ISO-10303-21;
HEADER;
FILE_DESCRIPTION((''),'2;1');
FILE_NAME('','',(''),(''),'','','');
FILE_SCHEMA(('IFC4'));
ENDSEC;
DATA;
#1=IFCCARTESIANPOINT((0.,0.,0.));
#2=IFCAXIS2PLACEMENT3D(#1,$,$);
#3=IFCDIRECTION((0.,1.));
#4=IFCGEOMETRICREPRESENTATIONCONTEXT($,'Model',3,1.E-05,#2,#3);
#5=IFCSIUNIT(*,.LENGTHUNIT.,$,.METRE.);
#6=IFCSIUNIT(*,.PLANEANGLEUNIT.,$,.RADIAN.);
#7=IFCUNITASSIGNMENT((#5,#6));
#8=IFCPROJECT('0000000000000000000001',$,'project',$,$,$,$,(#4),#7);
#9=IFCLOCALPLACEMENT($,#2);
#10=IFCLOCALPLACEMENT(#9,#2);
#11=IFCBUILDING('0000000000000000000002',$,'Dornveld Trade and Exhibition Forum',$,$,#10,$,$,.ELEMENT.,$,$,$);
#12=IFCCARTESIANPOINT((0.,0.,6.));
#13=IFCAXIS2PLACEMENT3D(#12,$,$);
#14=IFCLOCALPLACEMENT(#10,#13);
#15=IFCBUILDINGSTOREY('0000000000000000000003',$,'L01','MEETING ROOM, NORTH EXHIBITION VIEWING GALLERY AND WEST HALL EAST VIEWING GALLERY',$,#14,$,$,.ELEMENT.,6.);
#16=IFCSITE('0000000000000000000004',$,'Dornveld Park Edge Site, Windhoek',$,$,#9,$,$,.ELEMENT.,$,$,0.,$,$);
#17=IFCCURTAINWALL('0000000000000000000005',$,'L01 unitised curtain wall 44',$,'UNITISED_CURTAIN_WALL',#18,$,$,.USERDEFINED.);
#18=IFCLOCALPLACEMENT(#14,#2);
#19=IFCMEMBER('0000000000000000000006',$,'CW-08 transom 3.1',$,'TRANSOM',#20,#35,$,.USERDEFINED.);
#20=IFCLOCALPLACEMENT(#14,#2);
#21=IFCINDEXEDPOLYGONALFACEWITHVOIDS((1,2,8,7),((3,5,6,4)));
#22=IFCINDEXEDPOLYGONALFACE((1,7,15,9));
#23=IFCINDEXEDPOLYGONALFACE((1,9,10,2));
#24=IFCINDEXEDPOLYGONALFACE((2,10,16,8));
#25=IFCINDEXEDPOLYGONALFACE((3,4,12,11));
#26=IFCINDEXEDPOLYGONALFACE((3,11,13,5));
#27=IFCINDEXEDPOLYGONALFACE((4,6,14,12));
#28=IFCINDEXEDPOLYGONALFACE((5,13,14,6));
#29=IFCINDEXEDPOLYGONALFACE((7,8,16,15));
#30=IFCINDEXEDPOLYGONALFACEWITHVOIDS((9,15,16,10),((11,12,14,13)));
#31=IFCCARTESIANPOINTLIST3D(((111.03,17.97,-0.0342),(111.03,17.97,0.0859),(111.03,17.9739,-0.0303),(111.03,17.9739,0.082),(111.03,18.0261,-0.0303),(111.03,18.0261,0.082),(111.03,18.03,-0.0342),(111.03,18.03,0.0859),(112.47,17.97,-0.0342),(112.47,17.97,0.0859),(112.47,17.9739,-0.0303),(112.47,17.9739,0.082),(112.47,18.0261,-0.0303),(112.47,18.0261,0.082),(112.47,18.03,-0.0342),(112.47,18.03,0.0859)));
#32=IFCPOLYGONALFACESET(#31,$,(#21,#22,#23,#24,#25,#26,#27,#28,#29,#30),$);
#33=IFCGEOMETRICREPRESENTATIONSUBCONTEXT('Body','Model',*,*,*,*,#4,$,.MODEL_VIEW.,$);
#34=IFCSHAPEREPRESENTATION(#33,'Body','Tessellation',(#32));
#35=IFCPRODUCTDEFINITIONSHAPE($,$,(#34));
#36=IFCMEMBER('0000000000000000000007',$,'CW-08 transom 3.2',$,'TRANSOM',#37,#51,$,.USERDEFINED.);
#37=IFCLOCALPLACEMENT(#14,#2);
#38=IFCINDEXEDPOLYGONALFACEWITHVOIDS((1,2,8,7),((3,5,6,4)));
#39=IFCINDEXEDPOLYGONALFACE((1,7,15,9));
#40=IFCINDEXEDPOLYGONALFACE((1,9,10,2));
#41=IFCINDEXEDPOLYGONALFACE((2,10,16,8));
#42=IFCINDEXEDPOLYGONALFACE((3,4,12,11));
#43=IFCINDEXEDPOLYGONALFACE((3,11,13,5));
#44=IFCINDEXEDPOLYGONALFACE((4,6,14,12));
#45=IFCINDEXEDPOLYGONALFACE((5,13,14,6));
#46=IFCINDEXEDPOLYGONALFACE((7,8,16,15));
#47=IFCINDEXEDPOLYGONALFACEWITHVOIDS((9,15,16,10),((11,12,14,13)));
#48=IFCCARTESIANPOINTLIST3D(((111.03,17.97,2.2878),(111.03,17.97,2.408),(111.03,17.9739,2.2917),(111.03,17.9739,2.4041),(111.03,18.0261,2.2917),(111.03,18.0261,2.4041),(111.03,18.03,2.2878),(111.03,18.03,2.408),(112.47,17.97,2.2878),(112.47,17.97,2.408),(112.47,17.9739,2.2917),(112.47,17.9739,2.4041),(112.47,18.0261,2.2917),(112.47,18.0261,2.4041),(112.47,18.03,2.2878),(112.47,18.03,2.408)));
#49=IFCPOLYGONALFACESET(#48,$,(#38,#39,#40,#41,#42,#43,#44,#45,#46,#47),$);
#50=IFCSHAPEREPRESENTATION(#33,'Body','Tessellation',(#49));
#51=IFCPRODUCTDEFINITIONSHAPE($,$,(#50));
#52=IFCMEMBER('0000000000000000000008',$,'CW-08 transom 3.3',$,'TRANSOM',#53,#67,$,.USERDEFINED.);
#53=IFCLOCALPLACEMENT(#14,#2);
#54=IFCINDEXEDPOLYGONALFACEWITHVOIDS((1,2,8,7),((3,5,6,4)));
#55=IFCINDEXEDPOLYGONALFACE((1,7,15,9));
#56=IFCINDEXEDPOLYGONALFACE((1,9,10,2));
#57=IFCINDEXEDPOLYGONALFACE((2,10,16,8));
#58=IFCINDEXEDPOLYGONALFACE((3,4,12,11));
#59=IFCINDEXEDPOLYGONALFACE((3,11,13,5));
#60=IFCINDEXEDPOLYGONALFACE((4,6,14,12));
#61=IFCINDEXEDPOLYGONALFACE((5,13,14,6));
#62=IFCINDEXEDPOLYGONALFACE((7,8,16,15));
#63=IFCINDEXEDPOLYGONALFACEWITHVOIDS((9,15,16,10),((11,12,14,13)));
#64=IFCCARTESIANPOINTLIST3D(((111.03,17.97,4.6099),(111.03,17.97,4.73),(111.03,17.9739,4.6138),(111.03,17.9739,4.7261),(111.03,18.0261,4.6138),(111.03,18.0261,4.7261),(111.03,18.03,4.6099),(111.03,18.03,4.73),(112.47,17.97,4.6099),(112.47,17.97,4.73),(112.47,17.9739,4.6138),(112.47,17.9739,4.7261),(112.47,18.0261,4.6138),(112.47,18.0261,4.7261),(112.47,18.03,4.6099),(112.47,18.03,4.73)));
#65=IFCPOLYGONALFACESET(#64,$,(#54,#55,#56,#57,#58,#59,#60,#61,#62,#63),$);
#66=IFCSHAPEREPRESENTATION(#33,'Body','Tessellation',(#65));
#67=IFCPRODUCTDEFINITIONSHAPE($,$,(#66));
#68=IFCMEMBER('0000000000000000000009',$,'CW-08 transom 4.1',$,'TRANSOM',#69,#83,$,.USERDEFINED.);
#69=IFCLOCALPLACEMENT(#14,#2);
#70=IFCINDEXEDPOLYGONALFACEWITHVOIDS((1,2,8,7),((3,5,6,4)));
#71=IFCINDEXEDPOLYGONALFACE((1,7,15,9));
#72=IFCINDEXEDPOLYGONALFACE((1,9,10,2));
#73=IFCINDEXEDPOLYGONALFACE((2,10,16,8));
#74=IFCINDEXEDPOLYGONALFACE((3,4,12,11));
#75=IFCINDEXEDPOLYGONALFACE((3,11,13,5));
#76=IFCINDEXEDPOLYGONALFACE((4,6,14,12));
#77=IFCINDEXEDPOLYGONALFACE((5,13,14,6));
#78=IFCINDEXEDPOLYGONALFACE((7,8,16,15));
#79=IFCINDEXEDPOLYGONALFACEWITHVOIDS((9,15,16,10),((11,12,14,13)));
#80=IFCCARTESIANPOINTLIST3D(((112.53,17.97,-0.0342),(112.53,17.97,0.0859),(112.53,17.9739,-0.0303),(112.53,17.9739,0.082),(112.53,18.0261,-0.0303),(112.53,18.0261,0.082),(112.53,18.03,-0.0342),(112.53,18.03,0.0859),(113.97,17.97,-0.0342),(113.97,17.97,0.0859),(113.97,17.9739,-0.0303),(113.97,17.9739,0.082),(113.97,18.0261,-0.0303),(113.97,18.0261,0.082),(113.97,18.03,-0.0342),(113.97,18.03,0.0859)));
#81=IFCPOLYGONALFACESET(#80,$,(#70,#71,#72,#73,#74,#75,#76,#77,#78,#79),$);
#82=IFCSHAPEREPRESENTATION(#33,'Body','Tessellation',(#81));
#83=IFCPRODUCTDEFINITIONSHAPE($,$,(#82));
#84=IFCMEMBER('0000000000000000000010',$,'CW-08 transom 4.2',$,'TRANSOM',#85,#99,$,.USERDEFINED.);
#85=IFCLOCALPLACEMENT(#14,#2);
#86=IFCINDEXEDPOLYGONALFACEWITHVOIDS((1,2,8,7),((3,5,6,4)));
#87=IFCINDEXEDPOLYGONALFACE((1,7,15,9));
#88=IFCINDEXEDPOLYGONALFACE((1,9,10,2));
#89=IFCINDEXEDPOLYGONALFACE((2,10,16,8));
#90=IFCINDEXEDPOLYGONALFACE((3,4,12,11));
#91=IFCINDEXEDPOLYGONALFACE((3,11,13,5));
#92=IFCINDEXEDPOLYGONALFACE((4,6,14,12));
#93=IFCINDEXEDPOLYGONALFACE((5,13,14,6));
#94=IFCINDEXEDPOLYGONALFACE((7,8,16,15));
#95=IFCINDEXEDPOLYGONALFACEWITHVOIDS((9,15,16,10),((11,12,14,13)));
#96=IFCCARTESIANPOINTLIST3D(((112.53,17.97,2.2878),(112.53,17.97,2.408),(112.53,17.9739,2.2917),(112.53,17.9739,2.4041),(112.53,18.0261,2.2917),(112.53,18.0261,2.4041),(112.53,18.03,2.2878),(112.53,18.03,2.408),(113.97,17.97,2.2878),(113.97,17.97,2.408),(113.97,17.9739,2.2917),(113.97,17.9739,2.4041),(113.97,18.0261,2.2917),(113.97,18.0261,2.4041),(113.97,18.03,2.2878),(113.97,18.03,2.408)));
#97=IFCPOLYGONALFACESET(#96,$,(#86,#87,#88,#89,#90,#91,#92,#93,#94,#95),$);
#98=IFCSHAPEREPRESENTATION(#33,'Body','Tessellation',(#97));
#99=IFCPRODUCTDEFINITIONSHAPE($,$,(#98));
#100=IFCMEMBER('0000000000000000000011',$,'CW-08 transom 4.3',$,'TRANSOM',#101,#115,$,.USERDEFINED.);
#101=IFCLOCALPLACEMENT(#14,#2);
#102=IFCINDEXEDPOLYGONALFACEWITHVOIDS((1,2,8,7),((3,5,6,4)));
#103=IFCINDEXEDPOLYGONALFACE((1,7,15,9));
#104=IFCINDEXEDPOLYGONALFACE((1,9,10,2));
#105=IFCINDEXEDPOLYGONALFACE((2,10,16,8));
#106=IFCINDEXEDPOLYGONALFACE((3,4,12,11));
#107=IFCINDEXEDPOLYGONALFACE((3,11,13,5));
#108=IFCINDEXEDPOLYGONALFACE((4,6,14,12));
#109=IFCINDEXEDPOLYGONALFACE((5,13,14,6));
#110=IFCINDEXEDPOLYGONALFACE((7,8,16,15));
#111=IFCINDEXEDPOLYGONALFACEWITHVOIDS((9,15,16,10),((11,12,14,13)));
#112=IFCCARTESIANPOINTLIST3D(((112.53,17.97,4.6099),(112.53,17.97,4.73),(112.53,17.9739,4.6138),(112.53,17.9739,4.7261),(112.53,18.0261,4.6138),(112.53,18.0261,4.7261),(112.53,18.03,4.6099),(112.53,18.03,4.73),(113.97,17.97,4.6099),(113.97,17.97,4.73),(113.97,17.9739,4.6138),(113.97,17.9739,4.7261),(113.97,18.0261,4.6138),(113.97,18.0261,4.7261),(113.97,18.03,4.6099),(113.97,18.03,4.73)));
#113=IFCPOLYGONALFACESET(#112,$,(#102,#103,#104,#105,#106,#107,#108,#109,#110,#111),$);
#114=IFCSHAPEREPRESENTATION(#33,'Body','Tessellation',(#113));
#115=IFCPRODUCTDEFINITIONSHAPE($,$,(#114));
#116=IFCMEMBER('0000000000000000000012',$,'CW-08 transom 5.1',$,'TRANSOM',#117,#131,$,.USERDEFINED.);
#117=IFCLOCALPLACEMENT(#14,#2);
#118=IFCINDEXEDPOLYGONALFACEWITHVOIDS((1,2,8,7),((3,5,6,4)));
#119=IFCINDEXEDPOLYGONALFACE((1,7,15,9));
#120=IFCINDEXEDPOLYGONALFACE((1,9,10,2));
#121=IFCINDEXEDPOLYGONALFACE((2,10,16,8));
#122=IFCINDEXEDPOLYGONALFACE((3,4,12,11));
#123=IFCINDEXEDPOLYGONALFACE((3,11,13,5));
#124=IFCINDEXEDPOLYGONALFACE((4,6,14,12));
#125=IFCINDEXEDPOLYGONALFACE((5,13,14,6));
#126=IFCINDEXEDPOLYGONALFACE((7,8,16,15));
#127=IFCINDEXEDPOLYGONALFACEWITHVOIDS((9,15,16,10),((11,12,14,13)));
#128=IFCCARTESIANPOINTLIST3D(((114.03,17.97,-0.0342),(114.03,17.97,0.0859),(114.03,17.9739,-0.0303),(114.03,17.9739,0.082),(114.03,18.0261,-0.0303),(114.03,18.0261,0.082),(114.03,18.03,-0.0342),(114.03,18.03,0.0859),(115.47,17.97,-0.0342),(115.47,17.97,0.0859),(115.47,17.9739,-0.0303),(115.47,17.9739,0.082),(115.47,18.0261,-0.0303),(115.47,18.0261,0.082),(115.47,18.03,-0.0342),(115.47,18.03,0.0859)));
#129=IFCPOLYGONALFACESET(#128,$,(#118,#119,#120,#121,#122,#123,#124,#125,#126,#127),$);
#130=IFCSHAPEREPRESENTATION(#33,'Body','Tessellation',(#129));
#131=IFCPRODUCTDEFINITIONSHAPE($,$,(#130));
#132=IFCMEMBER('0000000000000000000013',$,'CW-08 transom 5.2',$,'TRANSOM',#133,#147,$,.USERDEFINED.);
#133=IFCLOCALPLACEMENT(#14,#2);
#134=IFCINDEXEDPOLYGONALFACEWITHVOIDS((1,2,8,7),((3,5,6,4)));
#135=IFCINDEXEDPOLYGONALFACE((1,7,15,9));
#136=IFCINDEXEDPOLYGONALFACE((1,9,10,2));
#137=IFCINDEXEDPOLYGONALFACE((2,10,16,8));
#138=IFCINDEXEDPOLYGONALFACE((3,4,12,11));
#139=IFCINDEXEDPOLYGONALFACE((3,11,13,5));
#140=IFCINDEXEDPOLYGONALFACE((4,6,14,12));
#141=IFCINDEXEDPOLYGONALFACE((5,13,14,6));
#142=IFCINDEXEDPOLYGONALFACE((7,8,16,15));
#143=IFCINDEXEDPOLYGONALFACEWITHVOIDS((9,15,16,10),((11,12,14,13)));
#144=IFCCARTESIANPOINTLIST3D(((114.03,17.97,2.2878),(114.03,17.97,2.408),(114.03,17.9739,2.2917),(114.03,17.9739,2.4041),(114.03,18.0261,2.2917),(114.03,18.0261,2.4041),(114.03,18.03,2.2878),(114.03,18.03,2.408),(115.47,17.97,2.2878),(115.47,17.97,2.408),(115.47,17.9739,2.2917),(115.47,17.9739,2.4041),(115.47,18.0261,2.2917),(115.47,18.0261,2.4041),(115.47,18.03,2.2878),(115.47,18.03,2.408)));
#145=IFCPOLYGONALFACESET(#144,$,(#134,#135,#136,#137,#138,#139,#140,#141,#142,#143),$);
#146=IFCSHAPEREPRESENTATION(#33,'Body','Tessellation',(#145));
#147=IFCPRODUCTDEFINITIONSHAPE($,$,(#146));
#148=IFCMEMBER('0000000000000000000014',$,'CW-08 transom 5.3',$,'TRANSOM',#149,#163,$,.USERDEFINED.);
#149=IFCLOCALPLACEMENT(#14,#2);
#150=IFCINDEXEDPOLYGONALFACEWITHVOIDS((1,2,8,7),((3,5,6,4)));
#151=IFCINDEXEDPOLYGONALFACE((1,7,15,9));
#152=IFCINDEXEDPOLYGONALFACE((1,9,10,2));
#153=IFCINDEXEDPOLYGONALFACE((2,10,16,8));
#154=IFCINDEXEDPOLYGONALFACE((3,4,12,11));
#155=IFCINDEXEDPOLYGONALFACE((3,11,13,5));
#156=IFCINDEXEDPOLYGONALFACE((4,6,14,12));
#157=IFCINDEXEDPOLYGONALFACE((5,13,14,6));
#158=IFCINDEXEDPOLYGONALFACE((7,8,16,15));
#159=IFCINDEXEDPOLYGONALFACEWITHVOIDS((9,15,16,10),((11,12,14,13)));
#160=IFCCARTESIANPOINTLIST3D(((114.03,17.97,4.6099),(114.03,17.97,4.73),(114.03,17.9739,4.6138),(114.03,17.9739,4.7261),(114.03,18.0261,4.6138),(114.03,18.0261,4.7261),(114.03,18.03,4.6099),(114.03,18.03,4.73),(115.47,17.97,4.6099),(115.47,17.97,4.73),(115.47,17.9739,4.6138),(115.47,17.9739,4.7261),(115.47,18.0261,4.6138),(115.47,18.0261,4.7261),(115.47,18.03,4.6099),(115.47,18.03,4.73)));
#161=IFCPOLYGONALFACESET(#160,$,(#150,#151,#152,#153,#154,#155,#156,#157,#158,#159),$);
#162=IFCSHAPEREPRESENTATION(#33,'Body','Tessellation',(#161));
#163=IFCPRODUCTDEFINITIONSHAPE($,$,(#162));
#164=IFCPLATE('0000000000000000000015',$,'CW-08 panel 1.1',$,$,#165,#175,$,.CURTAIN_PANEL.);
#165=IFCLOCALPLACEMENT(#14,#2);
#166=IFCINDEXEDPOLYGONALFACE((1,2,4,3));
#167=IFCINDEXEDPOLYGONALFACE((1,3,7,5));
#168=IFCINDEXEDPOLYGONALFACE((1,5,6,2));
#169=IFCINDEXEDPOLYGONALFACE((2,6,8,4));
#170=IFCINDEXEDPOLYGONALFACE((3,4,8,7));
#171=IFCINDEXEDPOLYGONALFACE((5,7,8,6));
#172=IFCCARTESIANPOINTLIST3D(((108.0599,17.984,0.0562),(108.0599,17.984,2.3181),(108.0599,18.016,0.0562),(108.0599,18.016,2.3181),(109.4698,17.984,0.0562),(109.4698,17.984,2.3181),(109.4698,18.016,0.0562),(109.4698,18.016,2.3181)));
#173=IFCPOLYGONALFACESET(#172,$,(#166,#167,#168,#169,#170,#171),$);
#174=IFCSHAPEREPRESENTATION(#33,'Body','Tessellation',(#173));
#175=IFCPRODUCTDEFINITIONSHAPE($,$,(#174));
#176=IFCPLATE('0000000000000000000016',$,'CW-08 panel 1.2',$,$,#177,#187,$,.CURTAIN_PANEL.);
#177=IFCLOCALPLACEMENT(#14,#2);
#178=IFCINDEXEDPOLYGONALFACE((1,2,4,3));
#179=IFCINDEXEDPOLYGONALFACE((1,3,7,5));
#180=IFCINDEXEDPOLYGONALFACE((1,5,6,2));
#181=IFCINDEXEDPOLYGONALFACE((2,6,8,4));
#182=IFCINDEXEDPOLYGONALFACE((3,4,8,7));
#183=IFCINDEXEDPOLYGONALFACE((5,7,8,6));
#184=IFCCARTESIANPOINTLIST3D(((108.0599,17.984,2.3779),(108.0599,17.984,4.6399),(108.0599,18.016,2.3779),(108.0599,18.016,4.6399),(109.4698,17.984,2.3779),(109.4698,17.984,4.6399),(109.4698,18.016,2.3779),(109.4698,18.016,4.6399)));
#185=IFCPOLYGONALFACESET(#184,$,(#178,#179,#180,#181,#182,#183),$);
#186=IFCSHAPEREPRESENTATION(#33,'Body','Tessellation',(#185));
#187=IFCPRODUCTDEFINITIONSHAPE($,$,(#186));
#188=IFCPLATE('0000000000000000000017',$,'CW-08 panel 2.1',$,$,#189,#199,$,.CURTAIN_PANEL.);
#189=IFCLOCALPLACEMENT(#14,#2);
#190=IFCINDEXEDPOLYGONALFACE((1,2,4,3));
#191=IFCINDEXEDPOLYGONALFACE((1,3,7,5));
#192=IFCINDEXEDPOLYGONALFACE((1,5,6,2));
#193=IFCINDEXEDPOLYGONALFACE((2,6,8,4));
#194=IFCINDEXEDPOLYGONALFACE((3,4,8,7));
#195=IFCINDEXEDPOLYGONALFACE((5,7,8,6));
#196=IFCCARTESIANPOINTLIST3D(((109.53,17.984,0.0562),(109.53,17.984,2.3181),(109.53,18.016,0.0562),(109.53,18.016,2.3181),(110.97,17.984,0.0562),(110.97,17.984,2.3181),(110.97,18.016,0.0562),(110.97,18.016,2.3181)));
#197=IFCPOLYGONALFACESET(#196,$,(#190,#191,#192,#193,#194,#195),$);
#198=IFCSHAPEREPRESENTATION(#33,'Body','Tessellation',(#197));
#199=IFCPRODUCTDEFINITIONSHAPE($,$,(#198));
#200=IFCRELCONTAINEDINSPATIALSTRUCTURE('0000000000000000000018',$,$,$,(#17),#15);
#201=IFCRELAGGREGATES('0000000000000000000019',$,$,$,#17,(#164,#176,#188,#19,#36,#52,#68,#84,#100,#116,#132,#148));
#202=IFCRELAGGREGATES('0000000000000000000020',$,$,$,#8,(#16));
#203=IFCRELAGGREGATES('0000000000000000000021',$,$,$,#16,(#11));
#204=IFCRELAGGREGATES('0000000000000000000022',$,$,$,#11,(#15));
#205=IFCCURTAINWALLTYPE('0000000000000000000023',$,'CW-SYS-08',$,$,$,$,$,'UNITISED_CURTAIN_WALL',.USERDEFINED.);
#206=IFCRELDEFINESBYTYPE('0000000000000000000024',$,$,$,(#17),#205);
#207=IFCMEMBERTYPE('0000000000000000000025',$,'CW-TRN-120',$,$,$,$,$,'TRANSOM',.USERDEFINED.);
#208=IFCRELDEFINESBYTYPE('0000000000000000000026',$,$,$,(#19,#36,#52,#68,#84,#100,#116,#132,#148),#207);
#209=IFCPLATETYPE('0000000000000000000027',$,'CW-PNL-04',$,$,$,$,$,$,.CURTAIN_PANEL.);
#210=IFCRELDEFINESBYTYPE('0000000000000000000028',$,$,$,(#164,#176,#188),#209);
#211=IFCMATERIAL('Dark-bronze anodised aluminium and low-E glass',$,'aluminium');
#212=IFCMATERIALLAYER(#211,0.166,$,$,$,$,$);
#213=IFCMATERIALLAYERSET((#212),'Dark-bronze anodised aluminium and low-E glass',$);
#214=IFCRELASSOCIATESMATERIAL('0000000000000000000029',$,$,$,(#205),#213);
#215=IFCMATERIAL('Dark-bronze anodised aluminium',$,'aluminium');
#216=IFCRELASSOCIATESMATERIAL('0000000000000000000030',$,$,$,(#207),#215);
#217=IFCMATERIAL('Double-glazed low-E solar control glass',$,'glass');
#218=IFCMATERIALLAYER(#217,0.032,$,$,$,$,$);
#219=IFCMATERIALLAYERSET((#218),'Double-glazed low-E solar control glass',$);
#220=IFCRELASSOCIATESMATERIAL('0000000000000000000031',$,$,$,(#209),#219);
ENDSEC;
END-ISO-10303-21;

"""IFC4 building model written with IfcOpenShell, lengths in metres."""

from ifc_helpers import new_model, si_unit, direction, frame, origin, origin_2d, place, context, subcontext, project, spatial, rectangle, hollow_rectangle, extrude, material, layer, layer_set, material_profile, profile_set, type_object, element, aggregate, save


model = new_model("IFC4")

# Units and contexts
model_context = context("Model", 3, precision=1e-05, world=origin(), true_north=direction((0.0, 1.0)))
body_context = subcontext(model_context, "Body", "Model", "MODEL_VIEW")
ifc_project = project(units=[si_unit("LENGTHUNIT", "METRE"), si_unit("PLANEANGLEUNIT", "RADIAN")], contexts=[model_context])

# Site, building, storey
site_placement = place(None, origin())
site = spatial("IfcSite", under=ifc_project, at=site_placement, Name="Dornveld Park Edge Site, Windhoek", CompositionType="ELEMENT", RefElevation=0.0)
building_placement = place(site_placement, origin())
building = spatial("IfcBuilding", under=site, at=building_placement, Name="Dornveld Trade and Exhibition Forum", CompositionType="ELEMENT")
storey_placement = place(building_placement, frame((0.0, 0.0, 6.0)))
storey = spatial("IfcBuildingStorey", under=building, at=storey_placement, Name="L01", Description="MEETING ROOM, NORTH EXHIBITION VIEWING GALLERY AND WEST HALL EAST VIEWING GALLERY", CompositionType="ELEMENT", Elevation=6.0)

# Curtain wall, members, plates
ifc_material_1 = material(Name="Dark-bronze anodised aluminium and low-E glass", Category="aluminium")
ifc_layer_1 = layer(ifc_material_1, 0.166)
ifc_layer_set_1 = layer_set([ifc_layer_1], Name="Dark-bronze anodised aluminium and low-E glass")
curtain_wall_type = type_object("IfcCurtainWallType", Name="CW-SYS-08", ElementType="UNITISED_CURTAIN_WALL", PredefinedType="USERDEFINED", material=ifc_layer_set_1)
curtain_wall_placement = place(storey_placement, origin())
curtain_wall = element("IfcCurtainWall", 1, at=curtain_wall_placement, inside=storey, type_object=curtain_wall_type, Name="L01 unitised curtain wall 44", ObjectType="UNITISED_CURTAIN_WALL", PredefinedType="USERDEFINED")
ifc_material_2 = material(Name="Dark-bronze anodised aluminium", Category="aluminium")
ifc_material_profile_1 = material_profile(ifc_material_2, hollow_rectangle(XDim=0.0601, YDim=0.1201, WallThickness=0.0039, at=origin_2d()), Name="RHS 120x60x4")
ifc_profile_set_1 = profile_set([ifc_material_profile_1], Name="Dark-bronze anodised aluminium")
member_type_1 = type_object("IfcMemberType", Name="CW-TRN-120", ElementType="TRANSOM", PredefinedType="USERDEFINED", material=ifc_profile_set_1)
member_1_placement = place(storey_placement, frame((111.03, 18.0, 0.0259), z_axis=(1.0, 0.0, 0.0), x_axis=(0.0, 1.0, 0.0)))
member_1 = element("IfcMember", 2, at=member_1_placement, type_object=member_type_1, Name="CW-08 transom 3.1", ObjectType="TRANSOM", PredefinedType="USERDEFINED", context=body_context, shape_type="SweptSolid", body=[
    extrude(hollow_rectangle(XDim=0.0601, YDim=0.1201, WallThickness=0.0039, at=origin_2d()), origin(), (0.0, 0.0, 1.0), 1.4399),
])
member_2_placement = place(storey_placement, frame((111.03, 18.0, 2.3479), z_axis=(1.0, 0.0, 0.0), x_axis=(0.0, 1.0, 0.0)))
member_2 = element("IfcMember", 3, at=member_2_placement, type_object=member_type_1, Name="CW-08 transom 3.2", ObjectType="TRANSOM", PredefinedType="USERDEFINED", context=body_context, shape_type="SweptSolid", body=[
    extrude(hollow_rectangle(XDim=0.0601, YDim=0.1201, WallThickness=0.0039, at=origin_2d()), origin(), (0.0, 0.0, 1.0), 1.4399),
])
member_3_placement = place(storey_placement, frame((111.03, 18.0, 4.6699), z_axis=(1.0, 0.0, 0.0), x_axis=(0.0, 1.0, 0.0)))
member_3 = element("IfcMember", 4, at=member_3_placement, type_object=member_type_1, Name="CW-08 transom 3.3", ObjectType="TRANSOM", PredefinedType="USERDEFINED", context=body_context, shape_type="SweptSolid", body=[
    extrude(hollow_rectangle(XDim=0.0601, YDim=0.1201, WallThickness=0.0039, at=origin_2d()), origin(), (0.0, 0.0, 1.0), 1.4399),
])
member_4_placement = place(storey_placement, frame((112.53, 18.0, 0.0259), z_axis=(1.0, 0.0, 0.0), x_axis=(0.0, 1.0, 0.0)))
member_4 = element("IfcMember", 5, at=member_4_placement, type_object=member_type_1, Name="CW-08 transom 4.1", ObjectType="TRANSOM", PredefinedType="USERDEFINED", context=body_context, shape_type="SweptSolid", body=[
    extrude(hollow_rectangle(XDim=0.0601, YDim=0.1201, WallThickness=0.0039, at=origin_2d()), origin(), (0.0, 0.0, 1.0), 1.4399),
])
member_5_placement = place(storey_placement, frame((112.53, 18.0, 2.3479), z_axis=(1.0, 0.0, 0.0), x_axis=(0.0, 1.0, 0.0)))
member_5 = element("IfcMember", 6, at=member_5_placement, type_object=member_type_1, Name="CW-08 transom 4.2", ObjectType="TRANSOM", PredefinedType="USERDEFINED", context=body_context, shape_type="SweptSolid", body=[
    extrude(hollow_rectangle(XDim=0.0601, YDim=0.1201, WallThickness=0.0039, at=origin_2d()), origin(), (0.0, 0.0, 1.0), 1.4399),
])
member_6_placement = place(storey_placement, frame((112.53, 18.0, 4.6699), z_axis=(1.0, 0.0, 0.0), x_axis=(0.0, 1.0, 0.0)))
member_6 = element("IfcMember", 7, at=member_6_placement, type_object=member_type_1, Name="CW-08 transom 4.3", ObjectType="TRANSOM", PredefinedType="USERDEFINED", context=body_context, shape_type="SweptSolid", body=[
    extrude(hollow_rectangle(XDim=0.0601, YDim=0.1201, WallThickness=0.0039, at=origin_2d()), origin(), (0.0, 0.0, 1.0), 1.4399),
])
member_7_placement = place(storey_placement, frame((114.03, 18.0, 0.0259), z_axis=(1.0, 0.0, 0.0), x_axis=(0.0, 1.0, 0.0)))
member_7 = element("IfcMember", 8, at=member_7_placement, type_object=member_type_1, Name="CW-08 transom 5.1", ObjectType="TRANSOM", PredefinedType="USERDEFINED", context=body_context, shape_type="SweptSolid", body=[
    extrude(hollow_rectangle(XDim=0.0601, YDim=0.1201, WallThickness=0.0039, at=origin_2d()), origin(), (0.0, 0.0, 1.0), 1.4399),
])
member_8_placement = place(storey_placement, frame((114.03, 18.0, 2.3479), z_axis=(1.0, 0.0, 0.0), x_axis=(0.0, 1.0, 0.0)))
member_8 = element("IfcMember", 9, at=member_8_placement, type_object=member_type_1, Name="CW-08 transom 5.2", ObjectType="TRANSOM", PredefinedType="USERDEFINED", context=body_context, shape_type="SweptSolid", body=[
    extrude(hollow_rectangle(XDim=0.0601, YDim=0.1201, WallThickness=0.0039, at=origin_2d()), origin(), (0.0, 0.0, 1.0), 1.4399),
])
member_9_placement = place(storey_placement, frame((114.03, 18.0, 4.6699), z_axis=(1.0, 0.0, 0.0), x_axis=(0.0, 1.0, 0.0)))
member_9 = element("IfcMember", 10, at=member_9_placement, type_object=member_type_1, Name="CW-08 transom 5.3", ObjectType="TRANSOM", PredefinedType="USERDEFINED", context=body_context, shape_type="SweptSolid", body=[
    extrude(hollow_rectangle(XDim=0.0601, YDim=0.1201, WallThickness=0.0039, at=origin_2d()), origin(), (0.0, 0.0, 1.0), 1.4399),
])
ifc_material_3 = material(Name="Double-glazed low-E solar control glass", Category="glass")
ifc_layer_2 = layer(ifc_material_3, 0.032)
ifc_layer_set_2 = layer_set([ifc_layer_2], Name="Double-glazed low-E solar control glass")
plate_type = type_object("IfcPlateType", Name="CW-PNL-04", PredefinedType="CURTAIN_PANEL", material=ifc_layer_set_2)
plate_1_placement = place(storey_placement, frame((108.7649, 18.0, 0.0562), z_axis=(0.0, 0.0, 1.0), x_axis=(1.0, 0.0, 0.0)))
plate_1 = element("IfcPlate", 11, at=plate_1_placement, type_object=plate_type, Name="CW-08 panel 1.1", PredefinedType="CURTAIN_PANEL", context=body_context, shape_type="SweptSolid", body=[
    extrude(rectangle(XDim=1.4099, YDim=0.032, at=origin_2d()), origin(), (0.0, 0.0, 1.0), 2.262),
])
plate_2_placement = place(storey_placement, frame((108.7649, 18.0, 2.3779), z_axis=(0.0, 0.0, 1.0), x_axis=(1.0, 0.0, 0.0)))
plate_2 = element("IfcPlate", 12, at=plate_2_placement, type_object=plate_type, Name="CW-08 panel 1.2", PredefinedType="CURTAIN_PANEL", context=body_context, shape_type="SweptSolid", body=[
    extrude(rectangle(XDim=1.4099, YDim=0.032, at=origin_2d()), origin(), (0.0, 0.0, 1.0), 2.262),
])
plate_3_placement = place(storey_placement, frame((110.25, 18.0, 0.0562), z_axis=(0.0, 0.0, 1.0), x_axis=(1.0, 0.0, 0.0)))
plate_3 = element("IfcPlate", 13, at=plate_3_placement, type_object=plate_type, Name="CW-08 panel 2.1", PredefinedType="CURTAIN_PANEL", context=body_context, shape_type="SweptSolid", body=[
    extrude(rectangle(XDim=1.4399, YDim=0.032, at=origin_2d()), origin(), (0.0, 0.0, 1.0), 2.262),
])
aggregate(curtain_wall, [plate_1, plate_2, plate_3, member_1, member_2, member_3, member_4, member_5, member_6, member_7, member_8, member_9])

save(model, "model.ifc")
